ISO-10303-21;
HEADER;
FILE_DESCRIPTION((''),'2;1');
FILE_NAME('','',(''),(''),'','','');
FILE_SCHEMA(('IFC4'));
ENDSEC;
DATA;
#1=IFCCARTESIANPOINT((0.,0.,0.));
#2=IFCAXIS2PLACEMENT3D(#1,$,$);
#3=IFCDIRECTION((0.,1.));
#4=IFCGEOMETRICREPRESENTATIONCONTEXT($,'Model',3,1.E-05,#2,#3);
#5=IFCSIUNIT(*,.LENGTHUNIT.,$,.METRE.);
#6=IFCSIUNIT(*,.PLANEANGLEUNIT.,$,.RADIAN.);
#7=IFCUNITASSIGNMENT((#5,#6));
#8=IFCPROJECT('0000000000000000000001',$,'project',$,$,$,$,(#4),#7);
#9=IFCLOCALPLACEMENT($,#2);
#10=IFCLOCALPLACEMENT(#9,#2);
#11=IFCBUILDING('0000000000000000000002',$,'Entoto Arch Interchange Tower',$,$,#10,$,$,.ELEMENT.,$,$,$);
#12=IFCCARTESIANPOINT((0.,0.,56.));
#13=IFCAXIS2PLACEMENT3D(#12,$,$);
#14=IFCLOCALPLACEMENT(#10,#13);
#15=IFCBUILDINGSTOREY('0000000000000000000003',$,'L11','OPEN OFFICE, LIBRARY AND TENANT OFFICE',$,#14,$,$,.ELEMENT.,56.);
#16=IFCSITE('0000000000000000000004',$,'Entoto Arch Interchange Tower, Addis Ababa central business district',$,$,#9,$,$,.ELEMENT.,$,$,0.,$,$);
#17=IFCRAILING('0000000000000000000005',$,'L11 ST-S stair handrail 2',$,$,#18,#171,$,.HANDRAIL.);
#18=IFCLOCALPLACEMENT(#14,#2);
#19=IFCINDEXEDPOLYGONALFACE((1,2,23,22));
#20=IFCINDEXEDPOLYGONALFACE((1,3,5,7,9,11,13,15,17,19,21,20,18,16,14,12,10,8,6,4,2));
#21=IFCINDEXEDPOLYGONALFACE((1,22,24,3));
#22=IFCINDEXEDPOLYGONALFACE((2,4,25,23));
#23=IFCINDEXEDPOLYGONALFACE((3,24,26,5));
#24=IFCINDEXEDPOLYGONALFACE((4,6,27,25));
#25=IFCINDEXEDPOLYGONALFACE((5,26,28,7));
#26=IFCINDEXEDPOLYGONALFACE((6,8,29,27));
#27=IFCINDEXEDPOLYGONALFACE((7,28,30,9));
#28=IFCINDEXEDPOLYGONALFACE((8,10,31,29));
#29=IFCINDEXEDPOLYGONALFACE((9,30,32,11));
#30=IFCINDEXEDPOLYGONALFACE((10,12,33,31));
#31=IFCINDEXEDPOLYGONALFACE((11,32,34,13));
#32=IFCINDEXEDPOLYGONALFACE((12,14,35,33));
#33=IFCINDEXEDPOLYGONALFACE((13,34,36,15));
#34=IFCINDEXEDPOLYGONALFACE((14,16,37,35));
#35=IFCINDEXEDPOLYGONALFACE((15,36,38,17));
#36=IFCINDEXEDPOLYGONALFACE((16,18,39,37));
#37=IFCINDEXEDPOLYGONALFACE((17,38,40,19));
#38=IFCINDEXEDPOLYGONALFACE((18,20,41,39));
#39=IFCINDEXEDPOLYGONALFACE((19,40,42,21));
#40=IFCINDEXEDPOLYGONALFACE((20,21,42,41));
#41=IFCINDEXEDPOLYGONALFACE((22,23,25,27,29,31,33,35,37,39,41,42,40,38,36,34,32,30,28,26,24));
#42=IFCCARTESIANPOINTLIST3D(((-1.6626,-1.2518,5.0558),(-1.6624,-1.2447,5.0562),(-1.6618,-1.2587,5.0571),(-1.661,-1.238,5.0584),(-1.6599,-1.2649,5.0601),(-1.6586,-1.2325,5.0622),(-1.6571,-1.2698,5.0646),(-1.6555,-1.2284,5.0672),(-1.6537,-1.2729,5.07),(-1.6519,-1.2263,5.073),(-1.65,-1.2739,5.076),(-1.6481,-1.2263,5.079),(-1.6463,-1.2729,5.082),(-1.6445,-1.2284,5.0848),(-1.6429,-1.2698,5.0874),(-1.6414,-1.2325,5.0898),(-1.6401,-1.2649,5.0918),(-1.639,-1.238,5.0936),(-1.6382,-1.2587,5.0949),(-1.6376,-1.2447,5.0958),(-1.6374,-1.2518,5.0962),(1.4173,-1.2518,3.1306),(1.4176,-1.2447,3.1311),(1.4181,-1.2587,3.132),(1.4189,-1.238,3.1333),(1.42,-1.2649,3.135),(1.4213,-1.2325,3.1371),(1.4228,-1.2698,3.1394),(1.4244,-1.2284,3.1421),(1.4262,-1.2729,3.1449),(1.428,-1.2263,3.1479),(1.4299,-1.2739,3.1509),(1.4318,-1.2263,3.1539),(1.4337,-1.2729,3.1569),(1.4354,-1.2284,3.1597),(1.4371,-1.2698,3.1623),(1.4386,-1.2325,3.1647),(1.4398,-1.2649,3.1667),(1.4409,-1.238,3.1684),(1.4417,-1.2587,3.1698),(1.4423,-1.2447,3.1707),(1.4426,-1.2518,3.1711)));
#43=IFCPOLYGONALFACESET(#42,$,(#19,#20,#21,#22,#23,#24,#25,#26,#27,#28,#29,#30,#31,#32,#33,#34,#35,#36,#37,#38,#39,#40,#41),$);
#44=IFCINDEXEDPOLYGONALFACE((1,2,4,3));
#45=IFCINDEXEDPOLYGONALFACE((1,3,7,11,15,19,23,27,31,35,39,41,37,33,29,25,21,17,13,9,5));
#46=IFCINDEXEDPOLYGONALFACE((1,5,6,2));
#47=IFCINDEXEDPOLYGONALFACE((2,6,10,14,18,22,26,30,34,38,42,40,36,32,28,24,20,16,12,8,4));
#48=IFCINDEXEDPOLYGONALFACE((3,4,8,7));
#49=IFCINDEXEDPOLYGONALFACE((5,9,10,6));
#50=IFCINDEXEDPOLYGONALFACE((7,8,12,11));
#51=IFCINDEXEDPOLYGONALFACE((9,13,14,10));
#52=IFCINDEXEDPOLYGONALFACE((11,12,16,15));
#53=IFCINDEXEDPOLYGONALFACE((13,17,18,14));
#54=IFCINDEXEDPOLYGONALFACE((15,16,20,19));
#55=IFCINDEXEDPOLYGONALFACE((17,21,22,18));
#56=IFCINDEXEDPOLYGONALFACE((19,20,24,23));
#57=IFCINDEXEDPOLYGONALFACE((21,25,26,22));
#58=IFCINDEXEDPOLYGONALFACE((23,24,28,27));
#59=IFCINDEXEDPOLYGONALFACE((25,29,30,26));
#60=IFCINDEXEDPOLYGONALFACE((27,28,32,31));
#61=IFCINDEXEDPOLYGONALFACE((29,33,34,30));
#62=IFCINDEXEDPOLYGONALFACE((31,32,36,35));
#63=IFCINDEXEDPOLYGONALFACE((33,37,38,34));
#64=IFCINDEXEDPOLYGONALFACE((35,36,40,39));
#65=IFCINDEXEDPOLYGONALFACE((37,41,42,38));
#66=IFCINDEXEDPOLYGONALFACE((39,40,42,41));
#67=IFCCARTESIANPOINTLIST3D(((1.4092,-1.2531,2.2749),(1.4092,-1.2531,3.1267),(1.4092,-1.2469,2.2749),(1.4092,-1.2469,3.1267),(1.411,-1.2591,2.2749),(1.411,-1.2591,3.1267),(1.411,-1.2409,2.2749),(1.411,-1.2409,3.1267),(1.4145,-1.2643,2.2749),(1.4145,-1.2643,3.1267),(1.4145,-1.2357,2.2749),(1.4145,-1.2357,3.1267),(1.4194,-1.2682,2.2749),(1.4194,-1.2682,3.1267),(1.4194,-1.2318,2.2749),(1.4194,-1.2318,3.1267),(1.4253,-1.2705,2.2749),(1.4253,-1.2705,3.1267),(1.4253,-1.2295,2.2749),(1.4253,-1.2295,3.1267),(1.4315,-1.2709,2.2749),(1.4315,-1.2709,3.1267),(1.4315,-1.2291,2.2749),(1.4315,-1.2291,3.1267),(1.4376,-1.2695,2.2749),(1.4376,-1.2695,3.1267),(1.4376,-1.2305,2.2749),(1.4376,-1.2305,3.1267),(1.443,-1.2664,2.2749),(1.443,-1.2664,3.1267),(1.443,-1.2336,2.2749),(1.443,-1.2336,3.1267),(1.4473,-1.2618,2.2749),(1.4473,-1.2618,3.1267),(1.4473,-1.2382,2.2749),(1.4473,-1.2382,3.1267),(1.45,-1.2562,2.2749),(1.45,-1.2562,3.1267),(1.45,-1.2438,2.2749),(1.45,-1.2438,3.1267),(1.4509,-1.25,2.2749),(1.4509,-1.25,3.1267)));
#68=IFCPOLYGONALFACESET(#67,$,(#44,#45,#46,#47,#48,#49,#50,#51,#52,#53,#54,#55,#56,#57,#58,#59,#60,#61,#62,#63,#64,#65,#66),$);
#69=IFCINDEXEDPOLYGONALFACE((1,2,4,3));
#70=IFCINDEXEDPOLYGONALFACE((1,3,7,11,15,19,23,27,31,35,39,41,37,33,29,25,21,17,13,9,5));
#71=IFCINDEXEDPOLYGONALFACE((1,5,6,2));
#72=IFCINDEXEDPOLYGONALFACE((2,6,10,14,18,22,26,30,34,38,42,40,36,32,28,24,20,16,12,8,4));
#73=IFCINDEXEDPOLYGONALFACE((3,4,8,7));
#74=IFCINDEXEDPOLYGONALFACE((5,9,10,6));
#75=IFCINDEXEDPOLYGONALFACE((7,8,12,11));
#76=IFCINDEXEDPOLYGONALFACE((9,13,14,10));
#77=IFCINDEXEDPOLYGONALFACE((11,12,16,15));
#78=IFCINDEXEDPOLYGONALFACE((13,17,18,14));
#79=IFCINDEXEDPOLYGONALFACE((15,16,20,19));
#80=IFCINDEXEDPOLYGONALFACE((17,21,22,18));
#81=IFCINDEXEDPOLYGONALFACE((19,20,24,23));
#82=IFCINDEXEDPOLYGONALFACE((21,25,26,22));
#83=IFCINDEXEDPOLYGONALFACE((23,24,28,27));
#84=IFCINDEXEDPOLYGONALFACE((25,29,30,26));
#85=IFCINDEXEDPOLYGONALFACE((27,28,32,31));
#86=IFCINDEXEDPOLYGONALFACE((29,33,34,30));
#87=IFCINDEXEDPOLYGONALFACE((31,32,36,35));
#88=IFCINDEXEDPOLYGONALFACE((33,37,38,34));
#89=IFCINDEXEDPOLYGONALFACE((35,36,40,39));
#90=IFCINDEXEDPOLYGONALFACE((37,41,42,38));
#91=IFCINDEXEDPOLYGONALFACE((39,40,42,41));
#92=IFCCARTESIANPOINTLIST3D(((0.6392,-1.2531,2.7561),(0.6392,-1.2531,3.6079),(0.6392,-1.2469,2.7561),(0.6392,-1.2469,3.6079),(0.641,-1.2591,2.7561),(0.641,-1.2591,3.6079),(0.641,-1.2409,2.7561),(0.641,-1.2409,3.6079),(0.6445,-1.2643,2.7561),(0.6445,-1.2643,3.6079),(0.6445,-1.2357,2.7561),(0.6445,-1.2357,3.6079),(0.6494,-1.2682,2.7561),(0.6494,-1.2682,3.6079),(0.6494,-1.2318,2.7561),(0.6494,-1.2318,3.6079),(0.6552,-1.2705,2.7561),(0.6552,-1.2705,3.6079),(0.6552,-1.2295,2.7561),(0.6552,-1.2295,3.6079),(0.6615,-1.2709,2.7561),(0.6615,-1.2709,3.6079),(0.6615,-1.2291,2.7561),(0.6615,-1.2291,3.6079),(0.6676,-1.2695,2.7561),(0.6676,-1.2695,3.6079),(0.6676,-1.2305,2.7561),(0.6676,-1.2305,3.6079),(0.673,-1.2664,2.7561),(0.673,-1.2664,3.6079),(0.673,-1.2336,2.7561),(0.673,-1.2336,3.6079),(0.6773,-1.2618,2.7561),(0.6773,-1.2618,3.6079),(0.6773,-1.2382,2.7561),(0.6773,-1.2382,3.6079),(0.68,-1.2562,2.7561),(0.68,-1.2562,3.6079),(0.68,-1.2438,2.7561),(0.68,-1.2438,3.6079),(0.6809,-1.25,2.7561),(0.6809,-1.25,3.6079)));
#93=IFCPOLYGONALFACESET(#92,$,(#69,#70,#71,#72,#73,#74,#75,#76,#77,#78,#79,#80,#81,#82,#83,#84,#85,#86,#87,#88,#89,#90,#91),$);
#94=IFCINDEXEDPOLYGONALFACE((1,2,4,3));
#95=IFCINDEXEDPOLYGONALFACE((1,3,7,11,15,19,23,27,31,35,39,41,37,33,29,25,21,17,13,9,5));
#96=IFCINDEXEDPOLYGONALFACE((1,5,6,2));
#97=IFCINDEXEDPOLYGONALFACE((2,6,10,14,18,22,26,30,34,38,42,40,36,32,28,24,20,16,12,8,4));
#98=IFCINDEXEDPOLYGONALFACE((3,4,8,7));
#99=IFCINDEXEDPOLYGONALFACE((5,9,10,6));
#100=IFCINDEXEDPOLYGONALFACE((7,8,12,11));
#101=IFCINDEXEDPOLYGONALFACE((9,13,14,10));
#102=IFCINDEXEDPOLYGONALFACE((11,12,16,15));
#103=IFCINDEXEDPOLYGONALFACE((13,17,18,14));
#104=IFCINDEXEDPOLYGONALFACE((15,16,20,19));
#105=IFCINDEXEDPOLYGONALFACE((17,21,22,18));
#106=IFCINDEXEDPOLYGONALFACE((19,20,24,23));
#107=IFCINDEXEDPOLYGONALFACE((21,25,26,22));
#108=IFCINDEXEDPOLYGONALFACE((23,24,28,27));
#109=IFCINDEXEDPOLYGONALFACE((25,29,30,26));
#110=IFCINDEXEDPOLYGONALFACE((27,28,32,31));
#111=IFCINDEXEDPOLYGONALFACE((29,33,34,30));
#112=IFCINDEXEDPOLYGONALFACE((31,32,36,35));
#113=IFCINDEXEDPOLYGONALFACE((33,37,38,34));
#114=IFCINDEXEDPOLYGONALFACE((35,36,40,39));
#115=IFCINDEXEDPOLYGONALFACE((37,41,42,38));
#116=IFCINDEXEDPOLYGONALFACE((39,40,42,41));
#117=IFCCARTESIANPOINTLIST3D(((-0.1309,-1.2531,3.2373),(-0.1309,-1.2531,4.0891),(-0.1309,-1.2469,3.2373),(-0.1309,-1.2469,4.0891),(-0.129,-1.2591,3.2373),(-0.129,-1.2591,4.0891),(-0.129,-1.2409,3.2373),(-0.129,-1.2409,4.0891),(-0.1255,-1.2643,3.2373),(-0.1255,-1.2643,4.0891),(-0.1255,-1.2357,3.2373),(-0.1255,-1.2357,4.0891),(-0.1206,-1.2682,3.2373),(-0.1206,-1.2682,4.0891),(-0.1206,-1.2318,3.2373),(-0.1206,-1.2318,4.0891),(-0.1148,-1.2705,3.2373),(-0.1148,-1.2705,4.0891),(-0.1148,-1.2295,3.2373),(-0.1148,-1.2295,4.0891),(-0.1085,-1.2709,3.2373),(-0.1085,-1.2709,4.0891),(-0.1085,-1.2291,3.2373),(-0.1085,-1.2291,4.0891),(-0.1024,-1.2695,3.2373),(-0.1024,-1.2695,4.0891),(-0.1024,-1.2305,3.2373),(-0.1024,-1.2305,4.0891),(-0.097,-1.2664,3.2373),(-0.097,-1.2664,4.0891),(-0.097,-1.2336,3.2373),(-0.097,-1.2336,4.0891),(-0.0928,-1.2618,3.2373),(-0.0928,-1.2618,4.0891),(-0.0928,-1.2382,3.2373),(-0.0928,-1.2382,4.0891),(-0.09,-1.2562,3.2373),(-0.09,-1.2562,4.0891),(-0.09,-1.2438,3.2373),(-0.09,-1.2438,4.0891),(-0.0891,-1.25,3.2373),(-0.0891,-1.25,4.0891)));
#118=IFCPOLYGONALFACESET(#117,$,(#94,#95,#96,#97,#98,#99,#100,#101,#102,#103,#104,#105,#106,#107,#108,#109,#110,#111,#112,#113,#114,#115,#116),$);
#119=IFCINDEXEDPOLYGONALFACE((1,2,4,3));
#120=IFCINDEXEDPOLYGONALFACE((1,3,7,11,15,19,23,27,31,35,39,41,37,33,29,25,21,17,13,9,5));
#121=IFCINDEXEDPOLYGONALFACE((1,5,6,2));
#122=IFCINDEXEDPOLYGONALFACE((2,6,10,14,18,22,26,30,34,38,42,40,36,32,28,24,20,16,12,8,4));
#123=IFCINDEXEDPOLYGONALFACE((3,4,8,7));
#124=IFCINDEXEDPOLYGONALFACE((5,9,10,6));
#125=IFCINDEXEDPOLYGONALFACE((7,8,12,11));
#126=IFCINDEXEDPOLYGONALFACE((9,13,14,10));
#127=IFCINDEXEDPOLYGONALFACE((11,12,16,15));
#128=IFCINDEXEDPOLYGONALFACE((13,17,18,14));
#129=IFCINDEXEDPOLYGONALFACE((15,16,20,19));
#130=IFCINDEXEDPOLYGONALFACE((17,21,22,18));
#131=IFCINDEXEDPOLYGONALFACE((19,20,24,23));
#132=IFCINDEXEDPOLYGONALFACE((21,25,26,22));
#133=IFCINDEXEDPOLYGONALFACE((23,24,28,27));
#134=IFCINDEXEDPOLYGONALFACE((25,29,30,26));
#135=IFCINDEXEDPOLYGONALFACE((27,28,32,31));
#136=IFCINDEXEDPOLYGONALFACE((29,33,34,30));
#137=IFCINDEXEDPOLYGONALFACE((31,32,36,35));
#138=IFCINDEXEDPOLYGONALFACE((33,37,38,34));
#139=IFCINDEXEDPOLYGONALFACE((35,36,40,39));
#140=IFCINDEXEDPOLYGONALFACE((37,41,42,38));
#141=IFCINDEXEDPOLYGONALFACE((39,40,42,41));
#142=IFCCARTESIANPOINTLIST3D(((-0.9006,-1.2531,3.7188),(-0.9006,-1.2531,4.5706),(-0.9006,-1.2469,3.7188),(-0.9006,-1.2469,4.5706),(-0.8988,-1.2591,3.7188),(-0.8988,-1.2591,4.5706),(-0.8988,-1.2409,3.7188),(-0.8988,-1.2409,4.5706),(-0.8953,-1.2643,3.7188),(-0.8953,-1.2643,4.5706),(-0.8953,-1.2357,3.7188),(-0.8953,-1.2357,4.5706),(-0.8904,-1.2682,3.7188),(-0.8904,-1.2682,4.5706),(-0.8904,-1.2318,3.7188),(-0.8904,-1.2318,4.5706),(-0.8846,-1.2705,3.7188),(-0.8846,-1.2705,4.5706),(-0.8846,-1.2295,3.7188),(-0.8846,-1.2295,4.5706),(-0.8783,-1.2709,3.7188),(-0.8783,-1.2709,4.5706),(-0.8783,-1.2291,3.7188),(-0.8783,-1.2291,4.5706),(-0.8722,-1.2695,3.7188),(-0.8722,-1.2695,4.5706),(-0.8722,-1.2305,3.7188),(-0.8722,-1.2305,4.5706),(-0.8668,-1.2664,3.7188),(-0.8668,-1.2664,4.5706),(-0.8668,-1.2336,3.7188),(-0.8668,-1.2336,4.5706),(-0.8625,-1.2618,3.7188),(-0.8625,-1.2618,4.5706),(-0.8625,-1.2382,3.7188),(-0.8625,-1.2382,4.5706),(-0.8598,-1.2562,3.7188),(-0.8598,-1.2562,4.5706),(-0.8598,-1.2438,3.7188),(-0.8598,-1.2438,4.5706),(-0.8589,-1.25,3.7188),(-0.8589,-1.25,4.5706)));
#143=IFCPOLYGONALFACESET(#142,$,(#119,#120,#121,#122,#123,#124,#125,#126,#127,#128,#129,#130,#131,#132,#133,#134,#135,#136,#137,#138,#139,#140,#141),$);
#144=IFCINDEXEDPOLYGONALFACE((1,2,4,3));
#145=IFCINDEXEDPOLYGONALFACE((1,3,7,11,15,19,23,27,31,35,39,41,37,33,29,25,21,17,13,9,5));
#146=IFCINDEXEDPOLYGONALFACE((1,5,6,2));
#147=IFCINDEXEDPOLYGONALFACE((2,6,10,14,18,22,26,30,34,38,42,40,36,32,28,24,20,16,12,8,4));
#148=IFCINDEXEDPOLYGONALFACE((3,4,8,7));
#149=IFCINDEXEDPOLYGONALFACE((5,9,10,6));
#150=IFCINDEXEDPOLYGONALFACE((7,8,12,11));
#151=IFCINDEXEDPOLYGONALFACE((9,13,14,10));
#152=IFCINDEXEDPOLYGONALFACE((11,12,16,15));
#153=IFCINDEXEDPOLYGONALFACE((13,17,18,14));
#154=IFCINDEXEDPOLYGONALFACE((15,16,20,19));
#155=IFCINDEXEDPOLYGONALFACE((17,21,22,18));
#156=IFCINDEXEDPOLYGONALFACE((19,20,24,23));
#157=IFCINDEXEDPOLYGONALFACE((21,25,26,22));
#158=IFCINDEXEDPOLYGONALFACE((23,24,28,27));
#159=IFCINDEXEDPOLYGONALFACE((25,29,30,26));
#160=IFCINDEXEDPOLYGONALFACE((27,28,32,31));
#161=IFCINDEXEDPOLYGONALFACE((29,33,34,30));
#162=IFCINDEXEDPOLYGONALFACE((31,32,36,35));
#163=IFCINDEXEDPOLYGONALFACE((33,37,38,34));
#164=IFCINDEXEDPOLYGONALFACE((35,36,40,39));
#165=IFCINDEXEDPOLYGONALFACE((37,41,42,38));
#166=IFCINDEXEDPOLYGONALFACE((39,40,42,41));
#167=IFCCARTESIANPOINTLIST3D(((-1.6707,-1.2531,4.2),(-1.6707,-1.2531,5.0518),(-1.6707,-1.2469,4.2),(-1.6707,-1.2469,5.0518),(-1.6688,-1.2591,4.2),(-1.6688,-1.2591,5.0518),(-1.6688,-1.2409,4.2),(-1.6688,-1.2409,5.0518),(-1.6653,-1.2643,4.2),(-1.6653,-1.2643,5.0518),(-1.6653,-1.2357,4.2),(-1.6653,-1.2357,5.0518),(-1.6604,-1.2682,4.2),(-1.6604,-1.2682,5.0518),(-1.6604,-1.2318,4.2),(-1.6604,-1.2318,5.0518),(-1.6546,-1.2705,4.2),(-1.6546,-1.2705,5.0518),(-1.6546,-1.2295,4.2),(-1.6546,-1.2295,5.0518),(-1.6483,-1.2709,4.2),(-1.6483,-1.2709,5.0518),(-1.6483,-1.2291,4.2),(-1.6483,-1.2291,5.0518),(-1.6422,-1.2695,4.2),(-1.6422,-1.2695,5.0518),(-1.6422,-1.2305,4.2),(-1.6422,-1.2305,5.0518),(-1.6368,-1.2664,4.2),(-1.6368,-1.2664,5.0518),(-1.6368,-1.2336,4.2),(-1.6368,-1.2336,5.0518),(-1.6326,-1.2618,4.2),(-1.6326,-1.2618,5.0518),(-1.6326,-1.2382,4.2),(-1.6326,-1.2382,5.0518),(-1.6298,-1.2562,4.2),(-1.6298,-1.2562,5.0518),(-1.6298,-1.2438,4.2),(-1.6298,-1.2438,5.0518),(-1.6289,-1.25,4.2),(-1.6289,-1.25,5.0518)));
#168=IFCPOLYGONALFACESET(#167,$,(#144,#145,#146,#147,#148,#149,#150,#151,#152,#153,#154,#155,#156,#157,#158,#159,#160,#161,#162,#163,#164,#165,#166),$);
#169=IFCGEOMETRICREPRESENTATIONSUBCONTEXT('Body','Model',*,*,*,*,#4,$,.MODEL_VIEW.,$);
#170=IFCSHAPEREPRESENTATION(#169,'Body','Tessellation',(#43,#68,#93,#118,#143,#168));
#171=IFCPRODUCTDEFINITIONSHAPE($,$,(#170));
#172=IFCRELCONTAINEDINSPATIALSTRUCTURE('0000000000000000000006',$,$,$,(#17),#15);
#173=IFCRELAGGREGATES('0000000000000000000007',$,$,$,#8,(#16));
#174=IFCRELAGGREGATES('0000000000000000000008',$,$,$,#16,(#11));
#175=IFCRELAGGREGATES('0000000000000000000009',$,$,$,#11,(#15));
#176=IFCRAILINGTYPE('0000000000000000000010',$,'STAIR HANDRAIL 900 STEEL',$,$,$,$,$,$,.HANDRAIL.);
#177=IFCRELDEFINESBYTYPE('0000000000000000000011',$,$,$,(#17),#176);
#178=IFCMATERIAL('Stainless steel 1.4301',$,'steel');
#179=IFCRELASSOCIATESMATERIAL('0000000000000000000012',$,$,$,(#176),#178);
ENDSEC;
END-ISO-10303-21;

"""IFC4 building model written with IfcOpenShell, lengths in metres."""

from ifc_helpers import new_model, si_unit, direction, frame, origin, origin_2d, place, context, subcontext, project, spatial, circle, extrude, material, type_object, element, save


model = new_model("IFC4")

# Units and contexts
model_context = context("Model", 3, precision=1e-05, world=origin(), true_north=direction((0.0, 1.0)))
body_context = subcontext(model_context, "Body", "Model", "MODEL_VIEW")
ifc_project = project(units=[si_unit("LENGTHUNIT", "METRE"), si_unit("PLANEANGLEUNIT", "RADIAN")], contexts=[model_context])

# Site, building, storey
site_placement = place(None, origin())
site = spatial("IfcSite", under=ifc_project, at=site_placement, Name="Entoto Arch Interchange Tower, Addis Ababa central business district", CompositionType="ELEMENT", RefElevation=0.0)
building_placement = place(site_placement, origin())
building = spatial("IfcBuilding", under=site, at=building_placement, Name="Entoto Arch Interchange Tower", CompositionType="ELEMENT")
storey_placement = place(building_placement, frame((0.0, 0.0, 56.0)))
storey = spatial("IfcBuildingStorey", under=building, at=storey_placement, Name="L11", Description="OPEN OFFICE, LIBRARY AND TENANT OFFICE", CompositionType="ELEMENT", Elevation=56.0)

# Railing
ifc_material_1 = material(Name="Stainless steel 1.4301", Category="steel")
railing_type_1 = type_object("IfcRailingType", Name="STAIR HANDRAIL 900 STEEL", PredefinedType="HANDRAIL", material=ifc_material_1)
railing_1_placement = place(storey_placement, frame((1.4299, -1.25, 2.2749)))
element("IfcRailing", 1, at=railing_1_placement, inside=storey, type_object=railing_type_1, Name="L11 ST-S stair handrail 2", PredefinedType="HANDRAIL", context=body_context, shape_type="SweptSolid", body=[
    extrude(circle(Radius=0.0239, at=origin_2d()), frame((0.0, 0.0, 0.876), z_axis=(-0.847979, 0.0, 0.530029), x_axis=(0.0, -1.0, 0.0)), (0.0, 0.0, 1.0), 3.6321),
    extrude(circle(Radius=0.021, at=origin_2d()), origin(), (0.0, 0.0, 1.0), 0.8518),
    extrude(circle(Radius=0.021, at=origin_2d()), frame((-0.77, 0.0, 0.4812)), (0.0, 0.0, 1.0), 0.8518),
    extrude(circle(Radius=0.021, at=origin_2d()), frame((-1.54, 0.0, 0.9624)), (0.0, 0.0, 1.0), 0.8518),
    extrude(circle(Radius=0.021, at=origin_2d()), frame((-2.3098, 0.0, 1.4438)), (0.0, 0.0, 1.0), 0.8518),
    extrude(circle(Radius=0.021, at=origin_2d()), frame((-3.0798, 0.0, 1.925)), (0.0, 0.0, 1.0), 0.8518),
])

save(model, "model.ifc")
